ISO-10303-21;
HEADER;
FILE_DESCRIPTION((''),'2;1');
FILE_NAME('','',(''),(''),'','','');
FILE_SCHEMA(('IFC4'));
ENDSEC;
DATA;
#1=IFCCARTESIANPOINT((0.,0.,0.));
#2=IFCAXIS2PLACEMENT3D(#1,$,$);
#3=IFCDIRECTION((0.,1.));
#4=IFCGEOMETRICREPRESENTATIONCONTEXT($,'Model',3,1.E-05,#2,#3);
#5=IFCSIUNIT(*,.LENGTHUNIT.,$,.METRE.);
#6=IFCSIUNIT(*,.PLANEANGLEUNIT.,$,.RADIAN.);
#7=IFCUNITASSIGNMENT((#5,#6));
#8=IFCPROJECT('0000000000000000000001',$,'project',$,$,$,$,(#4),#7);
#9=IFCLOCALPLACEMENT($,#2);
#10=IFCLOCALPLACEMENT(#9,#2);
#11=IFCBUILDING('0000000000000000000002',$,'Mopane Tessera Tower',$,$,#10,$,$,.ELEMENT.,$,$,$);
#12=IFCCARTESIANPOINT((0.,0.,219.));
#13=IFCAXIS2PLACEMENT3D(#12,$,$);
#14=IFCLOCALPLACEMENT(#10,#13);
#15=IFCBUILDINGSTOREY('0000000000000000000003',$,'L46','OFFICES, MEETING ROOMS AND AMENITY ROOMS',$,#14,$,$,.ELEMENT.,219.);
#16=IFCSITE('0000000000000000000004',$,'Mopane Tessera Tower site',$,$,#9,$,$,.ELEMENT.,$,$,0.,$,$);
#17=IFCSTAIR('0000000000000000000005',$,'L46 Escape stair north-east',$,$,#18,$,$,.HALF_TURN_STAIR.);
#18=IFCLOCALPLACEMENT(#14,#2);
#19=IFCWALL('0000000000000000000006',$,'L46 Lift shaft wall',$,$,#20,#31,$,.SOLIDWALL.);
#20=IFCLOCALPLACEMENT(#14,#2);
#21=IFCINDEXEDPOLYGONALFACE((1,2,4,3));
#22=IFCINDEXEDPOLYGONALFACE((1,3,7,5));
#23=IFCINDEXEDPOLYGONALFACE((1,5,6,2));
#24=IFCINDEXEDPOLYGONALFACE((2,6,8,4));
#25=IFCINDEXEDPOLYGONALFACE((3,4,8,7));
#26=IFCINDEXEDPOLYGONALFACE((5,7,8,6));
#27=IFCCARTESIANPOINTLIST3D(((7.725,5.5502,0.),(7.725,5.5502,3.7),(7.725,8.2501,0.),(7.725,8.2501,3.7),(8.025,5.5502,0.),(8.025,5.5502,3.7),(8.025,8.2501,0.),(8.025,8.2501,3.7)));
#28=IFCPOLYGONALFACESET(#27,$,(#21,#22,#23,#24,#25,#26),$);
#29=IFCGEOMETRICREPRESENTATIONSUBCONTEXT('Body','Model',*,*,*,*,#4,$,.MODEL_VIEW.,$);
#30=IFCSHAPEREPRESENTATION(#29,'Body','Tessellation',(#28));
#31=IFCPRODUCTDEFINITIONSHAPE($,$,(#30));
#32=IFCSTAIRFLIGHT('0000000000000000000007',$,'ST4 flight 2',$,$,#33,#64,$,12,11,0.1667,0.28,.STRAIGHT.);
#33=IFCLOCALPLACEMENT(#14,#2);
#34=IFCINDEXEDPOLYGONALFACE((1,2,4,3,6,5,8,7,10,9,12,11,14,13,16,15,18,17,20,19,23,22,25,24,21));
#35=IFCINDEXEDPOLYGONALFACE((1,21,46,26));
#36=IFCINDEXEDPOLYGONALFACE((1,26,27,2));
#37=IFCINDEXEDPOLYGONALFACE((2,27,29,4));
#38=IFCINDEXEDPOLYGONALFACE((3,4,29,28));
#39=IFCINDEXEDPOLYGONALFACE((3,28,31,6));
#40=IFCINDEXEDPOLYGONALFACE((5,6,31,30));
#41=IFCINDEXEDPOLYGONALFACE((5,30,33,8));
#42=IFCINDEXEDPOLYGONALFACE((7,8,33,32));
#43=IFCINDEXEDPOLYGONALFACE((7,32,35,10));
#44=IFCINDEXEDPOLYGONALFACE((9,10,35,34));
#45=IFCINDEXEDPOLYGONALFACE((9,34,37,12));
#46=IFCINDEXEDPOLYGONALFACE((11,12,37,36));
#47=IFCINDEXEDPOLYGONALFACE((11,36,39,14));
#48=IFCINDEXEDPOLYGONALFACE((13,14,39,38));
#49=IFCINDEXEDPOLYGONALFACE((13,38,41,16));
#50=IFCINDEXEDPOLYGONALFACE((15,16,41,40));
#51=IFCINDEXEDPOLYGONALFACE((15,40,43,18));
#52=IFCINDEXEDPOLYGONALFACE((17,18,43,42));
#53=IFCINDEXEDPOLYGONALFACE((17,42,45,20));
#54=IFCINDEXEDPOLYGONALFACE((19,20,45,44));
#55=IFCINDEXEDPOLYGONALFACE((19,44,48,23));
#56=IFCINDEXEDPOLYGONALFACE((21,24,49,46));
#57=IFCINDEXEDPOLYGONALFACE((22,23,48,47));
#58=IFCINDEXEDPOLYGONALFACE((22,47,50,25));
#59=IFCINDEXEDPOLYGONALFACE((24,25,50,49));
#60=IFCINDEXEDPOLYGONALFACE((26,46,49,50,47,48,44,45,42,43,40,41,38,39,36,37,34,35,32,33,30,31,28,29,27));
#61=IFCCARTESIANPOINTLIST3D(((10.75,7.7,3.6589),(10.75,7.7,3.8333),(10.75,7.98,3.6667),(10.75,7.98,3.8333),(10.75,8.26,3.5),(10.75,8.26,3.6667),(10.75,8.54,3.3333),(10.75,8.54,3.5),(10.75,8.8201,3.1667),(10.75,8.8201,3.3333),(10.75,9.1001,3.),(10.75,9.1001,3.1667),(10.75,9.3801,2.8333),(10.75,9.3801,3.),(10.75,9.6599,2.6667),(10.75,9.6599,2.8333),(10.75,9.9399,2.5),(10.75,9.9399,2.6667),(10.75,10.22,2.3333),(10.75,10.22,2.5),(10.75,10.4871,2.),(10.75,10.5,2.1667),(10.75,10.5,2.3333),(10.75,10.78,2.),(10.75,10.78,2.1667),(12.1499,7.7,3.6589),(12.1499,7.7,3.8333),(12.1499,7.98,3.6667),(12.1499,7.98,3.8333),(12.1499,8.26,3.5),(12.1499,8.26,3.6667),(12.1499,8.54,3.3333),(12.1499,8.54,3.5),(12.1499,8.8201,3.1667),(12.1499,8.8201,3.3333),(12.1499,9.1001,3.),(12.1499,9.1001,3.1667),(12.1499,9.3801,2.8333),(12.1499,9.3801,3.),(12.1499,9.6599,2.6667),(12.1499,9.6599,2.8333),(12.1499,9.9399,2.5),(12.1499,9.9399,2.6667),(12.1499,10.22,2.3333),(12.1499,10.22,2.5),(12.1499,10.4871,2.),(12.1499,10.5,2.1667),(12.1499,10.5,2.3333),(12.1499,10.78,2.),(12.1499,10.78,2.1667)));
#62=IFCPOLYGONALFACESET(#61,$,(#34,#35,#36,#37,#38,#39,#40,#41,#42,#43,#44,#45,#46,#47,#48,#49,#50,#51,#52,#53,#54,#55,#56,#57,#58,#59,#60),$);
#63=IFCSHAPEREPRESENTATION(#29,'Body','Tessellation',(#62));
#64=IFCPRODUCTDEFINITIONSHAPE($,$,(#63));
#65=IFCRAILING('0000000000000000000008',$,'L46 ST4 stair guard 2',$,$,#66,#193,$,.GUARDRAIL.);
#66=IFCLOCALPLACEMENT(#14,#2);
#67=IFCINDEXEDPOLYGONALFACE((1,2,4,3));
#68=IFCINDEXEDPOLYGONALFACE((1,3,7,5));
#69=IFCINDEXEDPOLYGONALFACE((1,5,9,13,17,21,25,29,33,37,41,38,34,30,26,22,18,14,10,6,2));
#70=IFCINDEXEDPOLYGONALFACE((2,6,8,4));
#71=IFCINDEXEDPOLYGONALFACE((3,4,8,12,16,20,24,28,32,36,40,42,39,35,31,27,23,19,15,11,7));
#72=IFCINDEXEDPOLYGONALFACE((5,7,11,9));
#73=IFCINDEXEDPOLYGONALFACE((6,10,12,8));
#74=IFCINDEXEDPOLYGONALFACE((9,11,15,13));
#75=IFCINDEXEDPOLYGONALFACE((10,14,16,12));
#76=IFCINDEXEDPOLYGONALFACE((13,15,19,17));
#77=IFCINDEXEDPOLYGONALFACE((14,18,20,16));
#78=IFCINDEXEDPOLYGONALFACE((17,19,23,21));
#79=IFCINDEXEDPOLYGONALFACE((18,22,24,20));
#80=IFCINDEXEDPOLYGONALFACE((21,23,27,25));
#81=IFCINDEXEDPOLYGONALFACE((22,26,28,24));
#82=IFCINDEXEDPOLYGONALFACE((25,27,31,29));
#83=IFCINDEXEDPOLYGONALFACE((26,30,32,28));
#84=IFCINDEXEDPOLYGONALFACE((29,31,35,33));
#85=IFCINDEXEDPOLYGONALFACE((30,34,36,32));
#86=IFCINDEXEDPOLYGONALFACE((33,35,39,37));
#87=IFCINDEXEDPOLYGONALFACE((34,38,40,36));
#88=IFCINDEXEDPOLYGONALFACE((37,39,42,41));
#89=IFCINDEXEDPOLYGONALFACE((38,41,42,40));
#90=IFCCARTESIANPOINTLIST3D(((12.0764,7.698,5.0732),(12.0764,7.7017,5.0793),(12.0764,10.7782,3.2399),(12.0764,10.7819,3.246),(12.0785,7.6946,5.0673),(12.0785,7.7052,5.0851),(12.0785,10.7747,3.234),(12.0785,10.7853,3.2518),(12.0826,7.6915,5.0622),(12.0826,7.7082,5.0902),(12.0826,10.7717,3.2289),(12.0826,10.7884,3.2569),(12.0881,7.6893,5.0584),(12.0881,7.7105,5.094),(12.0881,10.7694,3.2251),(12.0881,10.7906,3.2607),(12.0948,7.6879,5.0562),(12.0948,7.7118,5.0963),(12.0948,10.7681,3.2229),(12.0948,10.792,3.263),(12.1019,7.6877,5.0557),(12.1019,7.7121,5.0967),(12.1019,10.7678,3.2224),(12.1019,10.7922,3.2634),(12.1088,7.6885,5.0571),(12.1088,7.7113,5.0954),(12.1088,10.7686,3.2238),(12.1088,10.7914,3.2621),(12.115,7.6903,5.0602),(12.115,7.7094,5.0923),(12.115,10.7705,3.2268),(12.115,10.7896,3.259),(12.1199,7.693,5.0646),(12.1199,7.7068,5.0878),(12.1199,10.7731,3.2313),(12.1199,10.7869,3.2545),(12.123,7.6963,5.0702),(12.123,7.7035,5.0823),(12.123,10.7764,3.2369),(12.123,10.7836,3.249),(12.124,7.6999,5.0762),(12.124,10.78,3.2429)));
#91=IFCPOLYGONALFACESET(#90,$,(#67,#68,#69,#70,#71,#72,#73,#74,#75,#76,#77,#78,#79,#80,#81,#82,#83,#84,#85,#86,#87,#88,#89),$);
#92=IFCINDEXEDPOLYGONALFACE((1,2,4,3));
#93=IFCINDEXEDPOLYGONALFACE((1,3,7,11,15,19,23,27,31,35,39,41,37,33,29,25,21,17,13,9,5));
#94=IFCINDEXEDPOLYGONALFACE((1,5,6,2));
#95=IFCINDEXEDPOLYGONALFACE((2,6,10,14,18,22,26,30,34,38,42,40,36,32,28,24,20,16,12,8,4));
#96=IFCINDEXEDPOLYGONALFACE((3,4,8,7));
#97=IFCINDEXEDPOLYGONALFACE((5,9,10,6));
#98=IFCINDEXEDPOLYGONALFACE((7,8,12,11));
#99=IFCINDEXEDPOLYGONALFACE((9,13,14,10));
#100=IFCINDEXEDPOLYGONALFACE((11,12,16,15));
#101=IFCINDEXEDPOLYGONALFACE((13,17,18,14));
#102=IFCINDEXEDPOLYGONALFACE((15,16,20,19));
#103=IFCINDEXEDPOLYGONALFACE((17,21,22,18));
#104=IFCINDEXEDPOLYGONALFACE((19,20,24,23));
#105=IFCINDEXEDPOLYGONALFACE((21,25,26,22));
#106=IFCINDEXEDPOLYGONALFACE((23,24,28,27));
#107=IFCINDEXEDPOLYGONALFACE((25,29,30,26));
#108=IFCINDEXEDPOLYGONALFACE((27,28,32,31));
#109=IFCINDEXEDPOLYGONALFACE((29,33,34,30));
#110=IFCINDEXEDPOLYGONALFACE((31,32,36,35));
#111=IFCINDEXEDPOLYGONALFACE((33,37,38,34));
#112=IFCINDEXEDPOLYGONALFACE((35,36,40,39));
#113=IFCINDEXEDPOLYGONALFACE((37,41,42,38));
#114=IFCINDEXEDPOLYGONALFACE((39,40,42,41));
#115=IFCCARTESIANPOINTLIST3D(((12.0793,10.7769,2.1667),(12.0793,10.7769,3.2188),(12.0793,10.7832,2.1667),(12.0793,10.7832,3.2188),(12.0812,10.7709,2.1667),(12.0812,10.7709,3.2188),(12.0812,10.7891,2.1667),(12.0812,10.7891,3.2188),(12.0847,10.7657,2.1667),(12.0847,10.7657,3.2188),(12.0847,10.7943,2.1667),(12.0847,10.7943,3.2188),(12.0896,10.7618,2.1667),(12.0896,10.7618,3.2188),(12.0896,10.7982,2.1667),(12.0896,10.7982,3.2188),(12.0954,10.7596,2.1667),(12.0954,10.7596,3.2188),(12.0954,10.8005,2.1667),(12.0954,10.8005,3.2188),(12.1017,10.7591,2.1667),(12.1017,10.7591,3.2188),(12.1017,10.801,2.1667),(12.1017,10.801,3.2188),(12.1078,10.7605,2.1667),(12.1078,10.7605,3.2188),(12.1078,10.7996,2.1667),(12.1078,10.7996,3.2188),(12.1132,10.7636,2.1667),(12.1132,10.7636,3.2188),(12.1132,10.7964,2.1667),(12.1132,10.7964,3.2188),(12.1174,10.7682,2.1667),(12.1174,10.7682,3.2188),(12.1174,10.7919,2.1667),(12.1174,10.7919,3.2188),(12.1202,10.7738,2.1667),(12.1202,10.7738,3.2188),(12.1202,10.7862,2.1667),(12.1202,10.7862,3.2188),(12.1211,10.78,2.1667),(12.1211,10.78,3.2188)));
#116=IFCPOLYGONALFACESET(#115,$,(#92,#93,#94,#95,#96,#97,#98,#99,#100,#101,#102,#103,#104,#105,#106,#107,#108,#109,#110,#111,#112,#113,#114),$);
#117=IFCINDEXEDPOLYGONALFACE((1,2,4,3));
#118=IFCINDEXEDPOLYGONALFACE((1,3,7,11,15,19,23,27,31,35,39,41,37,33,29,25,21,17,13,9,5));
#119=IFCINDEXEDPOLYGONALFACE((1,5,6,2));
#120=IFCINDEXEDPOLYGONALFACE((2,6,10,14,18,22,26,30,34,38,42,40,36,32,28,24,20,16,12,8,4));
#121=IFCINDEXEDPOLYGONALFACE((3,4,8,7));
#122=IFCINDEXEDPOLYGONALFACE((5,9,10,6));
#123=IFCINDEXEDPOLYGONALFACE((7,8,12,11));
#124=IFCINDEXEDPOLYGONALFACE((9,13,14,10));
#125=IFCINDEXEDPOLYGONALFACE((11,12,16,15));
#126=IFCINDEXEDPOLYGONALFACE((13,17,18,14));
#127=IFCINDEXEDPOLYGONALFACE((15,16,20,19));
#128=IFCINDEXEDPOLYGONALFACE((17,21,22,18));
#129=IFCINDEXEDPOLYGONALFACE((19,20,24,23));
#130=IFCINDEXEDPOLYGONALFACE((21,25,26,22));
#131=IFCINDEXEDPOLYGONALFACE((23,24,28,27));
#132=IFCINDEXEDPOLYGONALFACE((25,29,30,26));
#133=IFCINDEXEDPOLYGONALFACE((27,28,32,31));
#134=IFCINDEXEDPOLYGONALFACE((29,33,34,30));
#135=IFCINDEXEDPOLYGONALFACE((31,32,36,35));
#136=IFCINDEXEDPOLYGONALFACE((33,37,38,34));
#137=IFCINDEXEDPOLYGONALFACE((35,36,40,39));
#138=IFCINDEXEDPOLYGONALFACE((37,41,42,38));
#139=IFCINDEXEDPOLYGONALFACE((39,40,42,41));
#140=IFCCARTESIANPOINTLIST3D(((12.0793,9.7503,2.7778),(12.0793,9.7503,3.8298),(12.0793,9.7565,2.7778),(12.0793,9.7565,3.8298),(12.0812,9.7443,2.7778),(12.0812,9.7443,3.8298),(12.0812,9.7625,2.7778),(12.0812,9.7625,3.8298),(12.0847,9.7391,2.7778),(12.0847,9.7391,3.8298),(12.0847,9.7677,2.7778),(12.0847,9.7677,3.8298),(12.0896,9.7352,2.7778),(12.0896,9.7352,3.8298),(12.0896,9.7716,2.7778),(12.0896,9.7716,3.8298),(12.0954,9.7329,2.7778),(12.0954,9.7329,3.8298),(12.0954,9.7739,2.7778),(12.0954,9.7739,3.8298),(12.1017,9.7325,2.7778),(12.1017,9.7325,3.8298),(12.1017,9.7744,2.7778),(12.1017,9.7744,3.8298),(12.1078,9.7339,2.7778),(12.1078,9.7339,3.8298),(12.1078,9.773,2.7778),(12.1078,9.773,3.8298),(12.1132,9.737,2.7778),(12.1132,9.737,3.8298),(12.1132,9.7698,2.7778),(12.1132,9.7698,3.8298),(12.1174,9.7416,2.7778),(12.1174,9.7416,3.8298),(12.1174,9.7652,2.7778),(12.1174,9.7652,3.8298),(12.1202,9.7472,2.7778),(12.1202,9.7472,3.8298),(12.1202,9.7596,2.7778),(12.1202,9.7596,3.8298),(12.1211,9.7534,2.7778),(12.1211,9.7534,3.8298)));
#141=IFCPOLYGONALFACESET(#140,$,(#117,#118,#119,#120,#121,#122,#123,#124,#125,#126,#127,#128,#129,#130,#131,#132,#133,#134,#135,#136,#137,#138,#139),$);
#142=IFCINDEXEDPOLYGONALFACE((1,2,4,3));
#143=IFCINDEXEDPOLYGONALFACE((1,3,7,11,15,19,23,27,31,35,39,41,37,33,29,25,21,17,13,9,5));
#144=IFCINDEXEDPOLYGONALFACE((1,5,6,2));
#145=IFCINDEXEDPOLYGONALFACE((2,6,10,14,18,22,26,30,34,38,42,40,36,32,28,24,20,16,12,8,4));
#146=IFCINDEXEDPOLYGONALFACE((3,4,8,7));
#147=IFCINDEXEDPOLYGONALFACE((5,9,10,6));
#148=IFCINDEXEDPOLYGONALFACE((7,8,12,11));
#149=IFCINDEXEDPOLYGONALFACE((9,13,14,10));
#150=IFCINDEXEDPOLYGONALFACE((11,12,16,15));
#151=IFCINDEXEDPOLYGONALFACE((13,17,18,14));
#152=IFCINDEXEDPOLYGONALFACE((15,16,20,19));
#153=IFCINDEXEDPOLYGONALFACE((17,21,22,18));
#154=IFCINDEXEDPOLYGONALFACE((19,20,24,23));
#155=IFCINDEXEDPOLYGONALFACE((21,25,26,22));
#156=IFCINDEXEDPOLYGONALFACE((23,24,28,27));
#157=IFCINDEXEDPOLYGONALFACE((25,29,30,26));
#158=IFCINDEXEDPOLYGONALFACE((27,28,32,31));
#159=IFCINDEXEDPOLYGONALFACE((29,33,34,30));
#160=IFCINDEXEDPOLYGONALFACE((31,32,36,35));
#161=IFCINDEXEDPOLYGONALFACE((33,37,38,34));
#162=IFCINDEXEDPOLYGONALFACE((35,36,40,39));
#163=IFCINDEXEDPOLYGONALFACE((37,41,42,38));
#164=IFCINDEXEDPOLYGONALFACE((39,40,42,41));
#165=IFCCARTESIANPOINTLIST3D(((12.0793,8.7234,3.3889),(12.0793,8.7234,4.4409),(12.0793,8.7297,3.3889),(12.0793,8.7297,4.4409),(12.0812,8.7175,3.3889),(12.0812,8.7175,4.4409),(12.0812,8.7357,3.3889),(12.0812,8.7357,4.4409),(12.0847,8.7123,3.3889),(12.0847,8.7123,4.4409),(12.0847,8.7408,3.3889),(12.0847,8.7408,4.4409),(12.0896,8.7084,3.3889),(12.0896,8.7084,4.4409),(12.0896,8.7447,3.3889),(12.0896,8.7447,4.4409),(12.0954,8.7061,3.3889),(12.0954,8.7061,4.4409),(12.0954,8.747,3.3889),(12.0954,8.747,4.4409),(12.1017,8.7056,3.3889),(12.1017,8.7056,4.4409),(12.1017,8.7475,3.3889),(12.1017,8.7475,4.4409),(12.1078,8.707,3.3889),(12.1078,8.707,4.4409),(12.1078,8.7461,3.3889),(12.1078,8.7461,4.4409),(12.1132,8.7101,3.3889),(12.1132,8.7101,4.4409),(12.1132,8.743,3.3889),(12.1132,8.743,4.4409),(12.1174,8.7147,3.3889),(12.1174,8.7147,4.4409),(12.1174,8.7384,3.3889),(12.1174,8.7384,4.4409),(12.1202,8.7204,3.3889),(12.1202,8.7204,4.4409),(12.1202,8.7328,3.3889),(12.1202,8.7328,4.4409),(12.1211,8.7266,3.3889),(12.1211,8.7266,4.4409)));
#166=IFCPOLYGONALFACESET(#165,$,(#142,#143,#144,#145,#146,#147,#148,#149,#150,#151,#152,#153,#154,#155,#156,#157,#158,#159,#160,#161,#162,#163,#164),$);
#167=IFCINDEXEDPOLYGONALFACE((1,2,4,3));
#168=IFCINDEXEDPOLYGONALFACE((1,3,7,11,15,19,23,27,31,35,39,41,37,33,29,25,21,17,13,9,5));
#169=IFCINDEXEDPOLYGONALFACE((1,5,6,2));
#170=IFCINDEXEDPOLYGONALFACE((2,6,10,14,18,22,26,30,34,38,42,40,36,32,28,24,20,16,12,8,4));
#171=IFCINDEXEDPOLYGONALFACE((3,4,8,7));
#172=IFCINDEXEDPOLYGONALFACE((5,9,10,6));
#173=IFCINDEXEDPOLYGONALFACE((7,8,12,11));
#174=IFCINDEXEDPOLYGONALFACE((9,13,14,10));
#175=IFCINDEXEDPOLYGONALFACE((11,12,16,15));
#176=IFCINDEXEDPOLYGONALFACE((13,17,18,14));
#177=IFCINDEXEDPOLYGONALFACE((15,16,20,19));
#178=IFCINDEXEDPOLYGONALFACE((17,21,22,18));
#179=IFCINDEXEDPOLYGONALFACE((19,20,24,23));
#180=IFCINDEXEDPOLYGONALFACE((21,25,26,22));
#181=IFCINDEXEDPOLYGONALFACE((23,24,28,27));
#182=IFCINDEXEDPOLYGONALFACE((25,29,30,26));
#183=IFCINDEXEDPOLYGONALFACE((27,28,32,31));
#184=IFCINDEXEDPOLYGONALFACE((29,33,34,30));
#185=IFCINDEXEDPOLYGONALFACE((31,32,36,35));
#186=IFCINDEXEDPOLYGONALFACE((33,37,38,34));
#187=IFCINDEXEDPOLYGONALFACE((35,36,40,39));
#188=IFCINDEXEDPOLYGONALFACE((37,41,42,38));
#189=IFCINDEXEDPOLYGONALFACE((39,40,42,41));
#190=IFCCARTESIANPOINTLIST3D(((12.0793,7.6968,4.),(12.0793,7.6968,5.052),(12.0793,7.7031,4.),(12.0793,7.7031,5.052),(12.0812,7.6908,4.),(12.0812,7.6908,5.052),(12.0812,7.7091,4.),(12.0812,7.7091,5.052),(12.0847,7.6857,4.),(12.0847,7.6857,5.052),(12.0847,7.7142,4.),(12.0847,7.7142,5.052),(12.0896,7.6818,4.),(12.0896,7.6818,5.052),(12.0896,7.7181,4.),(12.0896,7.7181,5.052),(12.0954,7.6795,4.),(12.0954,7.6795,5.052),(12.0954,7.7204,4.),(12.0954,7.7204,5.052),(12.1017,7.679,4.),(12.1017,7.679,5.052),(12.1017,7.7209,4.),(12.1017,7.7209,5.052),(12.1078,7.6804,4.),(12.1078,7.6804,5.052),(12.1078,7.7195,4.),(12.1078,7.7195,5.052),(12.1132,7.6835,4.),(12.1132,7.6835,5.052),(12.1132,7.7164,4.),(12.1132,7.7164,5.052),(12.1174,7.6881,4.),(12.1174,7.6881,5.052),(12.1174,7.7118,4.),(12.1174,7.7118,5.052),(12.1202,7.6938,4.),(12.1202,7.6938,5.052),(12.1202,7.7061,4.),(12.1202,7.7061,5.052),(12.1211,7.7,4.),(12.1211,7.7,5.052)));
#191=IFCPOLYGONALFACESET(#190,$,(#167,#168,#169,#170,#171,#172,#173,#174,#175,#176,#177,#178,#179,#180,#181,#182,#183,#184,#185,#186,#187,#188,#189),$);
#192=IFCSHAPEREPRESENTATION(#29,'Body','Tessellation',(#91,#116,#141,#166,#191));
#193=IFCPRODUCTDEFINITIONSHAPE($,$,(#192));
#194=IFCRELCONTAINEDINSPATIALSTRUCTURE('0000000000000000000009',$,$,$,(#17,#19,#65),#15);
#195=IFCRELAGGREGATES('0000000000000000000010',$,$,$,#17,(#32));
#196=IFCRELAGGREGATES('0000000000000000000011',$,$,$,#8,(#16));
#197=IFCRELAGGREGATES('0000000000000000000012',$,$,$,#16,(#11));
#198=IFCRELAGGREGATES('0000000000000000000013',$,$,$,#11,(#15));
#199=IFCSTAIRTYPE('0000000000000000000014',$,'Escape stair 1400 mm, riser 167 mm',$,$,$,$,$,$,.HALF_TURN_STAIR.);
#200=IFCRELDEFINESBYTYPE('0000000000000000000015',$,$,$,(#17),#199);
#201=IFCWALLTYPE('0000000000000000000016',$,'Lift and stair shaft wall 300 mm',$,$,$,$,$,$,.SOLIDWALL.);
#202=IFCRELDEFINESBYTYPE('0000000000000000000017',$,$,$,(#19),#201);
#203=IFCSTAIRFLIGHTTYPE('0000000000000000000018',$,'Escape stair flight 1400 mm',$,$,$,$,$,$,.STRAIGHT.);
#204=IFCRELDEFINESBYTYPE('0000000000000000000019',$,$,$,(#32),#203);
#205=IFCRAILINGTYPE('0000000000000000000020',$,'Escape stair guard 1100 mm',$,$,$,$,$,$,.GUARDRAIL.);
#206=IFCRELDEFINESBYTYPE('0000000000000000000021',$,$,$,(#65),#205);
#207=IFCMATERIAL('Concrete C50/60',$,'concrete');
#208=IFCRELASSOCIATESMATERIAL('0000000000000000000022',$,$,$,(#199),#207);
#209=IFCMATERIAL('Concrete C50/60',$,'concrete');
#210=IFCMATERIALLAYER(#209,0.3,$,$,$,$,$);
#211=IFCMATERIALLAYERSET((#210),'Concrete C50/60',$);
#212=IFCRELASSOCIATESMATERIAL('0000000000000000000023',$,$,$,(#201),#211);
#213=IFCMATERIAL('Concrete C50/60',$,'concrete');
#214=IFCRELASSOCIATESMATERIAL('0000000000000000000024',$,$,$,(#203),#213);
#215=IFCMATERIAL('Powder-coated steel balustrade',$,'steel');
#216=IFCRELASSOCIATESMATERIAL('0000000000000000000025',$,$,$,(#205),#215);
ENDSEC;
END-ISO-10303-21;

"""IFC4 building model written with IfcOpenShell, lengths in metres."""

from ifc_helpers import new_model, si_unit, direction, frame, frame_2d, origin, origin_2d, place, context, subcontext, project, spatial, polyline, rectangle, circle, outline, extrude, material, layer, layer_set, type_object, element, aggregate, save


model = new_model("IFC4")

# Units and contexts
model_context = context("Model", 3, precision=1e-05, world=origin(), true_north=direction((0.0, 1.0)))
body_context = subcontext(model_context, "Body", "Model", "MODEL_VIEW")
ifc_project = project(units=[si_unit("LENGTHUNIT", "METRE"), si_unit("PLANEANGLEUNIT", "RADIAN")], contexts=[model_context])

# Site, building, storey
site_placement = place(None, origin())
site = spatial("IfcSite", under=ifc_project, at=site_placement, Name="Mopane Tessera Tower site", CompositionType="ELEMENT", RefElevation=0.0)
building_placement = place(site_placement, origin())
building = spatial("IfcBuilding", under=site, at=building_placement, Name="Mopane Tessera Tower", CompositionType="ELEMENT")
storey_placement = place(building_placement, frame((0.0, 0.0, 219.0)))
storey = spatial("IfcBuildingStorey", under=building, at=storey_placement, Name="L46", Description="OFFICES, MEETING ROOMS AND AMENITY ROOMS", CompositionType="ELEMENT", Elevation=219.0)

# Stair
ifc_material_1 = material(Name="Concrete C50/60", Category="concrete")
stair_type = type_object("IfcStairType", Name="Escape stair 1400 mm, riser 167 mm", PredefinedType="HALF_TURN_STAIR", material=ifc_material_1)
stair_1_placement = place(storey_placement, origin())
stair_1 = element("IfcStair", 1, at=stair_1_placement, inside=storey, type_object=stair_type, Name="L46 Escape stair north-east", PredefinedType="HALF_TURN_STAIR")

# Shared definitions
ifc_material_2 = material(Name="Concrete C50/60", Category="concrete")
ifc_layer_1 = layer(ifc_material_2, 0.3)
ifc_layer_set_1 = layer_set([ifc_layer_1], Name="Concrete C50/60")
wall_type_1 = type_object("IfcWallType", Name="Lift and stair shaft wall 300 mm", PredefinedType="SOLIDWALL", material=ifc_layer_set_1)

# Wall
for number, where, z_axis, x_axis, name in (
    (2, (7.875, 5.55, 0.0), (0.0, 0.0, 1.0), (0.0, 1.0, 0.0), "L46 Lift shaft wall"),
):
    element("IfcWall", number, at=place(storey_placement, frame(where, z_axis=z_axis, x_axis=x_axis)), inside=storey, type_object=wall_type_1, Name=name, PredefinedType="SOLIDWALL", context=body_context, shape_type="SweptSolid", body=[
        extrude(rectangle(XDim=2.7, YDim=0.3, at=frame_2d((1.3501, 0.0))), origin(), (0.0, 0.0, 1.0), 3.7),
    ])

# Stair flight
ifc_material_3 = material(Name="Concrete C50/60", Category="concrete")
stair_flight_type = type_object("IfcStairFlightType", Name="Escape stair flight 1400 mm", PredefinedType="STRAIGHT", material=ifc_material_3)
stair_flight_placement = place(storey_placement, frame((11.45, 10.78, 2.0), z_axis=(0.0, 0.0, 1.0), x_axis=(0.0, -1.0, 0.0)))
stair_flight = element("IfcStairFlight", 3, at=stair_flight_placement, type_object=stair_flight_type, Name="ST4 flight 2", NumberOfRisers=12, NumberOfTreads=11, PredefinedType="STRAIGHT", RiserHeight=0.1667, TreadLength=0.28, context=body_context, shape_type="SweptSolid", body=[
    extrude(outline(polyline([(0.0, 0.0), (0.0, 0.1667), (0.28, 0.1667), (0.28, 0.3333), (0.5601, 0.3333), (0.5601, 0.5), (0.8401, 0.5), (0.8401, 0.6667), (1.1201, 0.6667), (1.1201, 0.8333), (1.3999, 0.8333), (1.3999, 1.0), (1.6799, 1.0), (1.6799, 1.1667), (1.96, 1.1667), (1.96, 1.3333), (2.24, 1.3333), (2.24, 1.5), (2.52, 1.5), (2.52, 1.6667), (2.8, 1.6667), (2.8, 1.8333), (3.0801, 1.8333), (3.0801, 2.0), (3.0801, 1.6589), (0.293, 0.0), (0.0, 0.0)])), frame((0.0, 0.7, 0.0), z_axis=(0.0, -1.0, 0.0), x_axis=(1.0, 0.0, 0.0)), (0.0, 0.0, 1.0), 1.3999),
])
aggregate(stair_1, [stair_flight])

# Railing
ifc_material_4 = material(Name="Powder-coated steel balustrade", Category="steel")
railing_type_1 = type_object("IfcRailingType", Name="Escape stair guard 1100 mm", PredefinedType="GUARDRAIL", material=ifc_material_4)
railing_1_placement = place(storey_placement, frame((12.1001, 10.78, 2.1667)))
element("IfcRailing", 4, at=railing_1_placement, inside=storey, type_object=railing_type_1, Name="L46 ST4 stair guard 2", PredefinedType="GUARDRAIL", context=body_context, shape_type="SweptSolid", body=[
    extrude(circle(Radius=0.0239, at=origin_2d()), frame((0.0, 0.0, 1.0762), z_axis=(0.0, -0.859309, 0.511458), x_axis=(1.0, 0.0, 0.0)), (0.0, 0.0, 1.0), 3.5845),
    extrude(circle(Radius=0.021, at=origin_2d()), origin(), (0.0, 0.0, 1.0), 1.052),
    extrude(circle(Radius=0.021, at=origin_2d()), frame((0.0, -1.0266, 0.6111)), (0.0, 0.0, 1.0), 1.052),
    extrude(circle(Radius=0.021, at=origin_2d()), frame((0.0, -2.0535, 1.2222)), (0.0, 0.0, 1.0), 1.052),
    extrude(circle(Radius=0.021, at=origin_2d()), frame((0.0, -3.0801, 1.8333)), (0.0, 0.0, 1.0), 1.052),
])

save(model, "model.ifc")
